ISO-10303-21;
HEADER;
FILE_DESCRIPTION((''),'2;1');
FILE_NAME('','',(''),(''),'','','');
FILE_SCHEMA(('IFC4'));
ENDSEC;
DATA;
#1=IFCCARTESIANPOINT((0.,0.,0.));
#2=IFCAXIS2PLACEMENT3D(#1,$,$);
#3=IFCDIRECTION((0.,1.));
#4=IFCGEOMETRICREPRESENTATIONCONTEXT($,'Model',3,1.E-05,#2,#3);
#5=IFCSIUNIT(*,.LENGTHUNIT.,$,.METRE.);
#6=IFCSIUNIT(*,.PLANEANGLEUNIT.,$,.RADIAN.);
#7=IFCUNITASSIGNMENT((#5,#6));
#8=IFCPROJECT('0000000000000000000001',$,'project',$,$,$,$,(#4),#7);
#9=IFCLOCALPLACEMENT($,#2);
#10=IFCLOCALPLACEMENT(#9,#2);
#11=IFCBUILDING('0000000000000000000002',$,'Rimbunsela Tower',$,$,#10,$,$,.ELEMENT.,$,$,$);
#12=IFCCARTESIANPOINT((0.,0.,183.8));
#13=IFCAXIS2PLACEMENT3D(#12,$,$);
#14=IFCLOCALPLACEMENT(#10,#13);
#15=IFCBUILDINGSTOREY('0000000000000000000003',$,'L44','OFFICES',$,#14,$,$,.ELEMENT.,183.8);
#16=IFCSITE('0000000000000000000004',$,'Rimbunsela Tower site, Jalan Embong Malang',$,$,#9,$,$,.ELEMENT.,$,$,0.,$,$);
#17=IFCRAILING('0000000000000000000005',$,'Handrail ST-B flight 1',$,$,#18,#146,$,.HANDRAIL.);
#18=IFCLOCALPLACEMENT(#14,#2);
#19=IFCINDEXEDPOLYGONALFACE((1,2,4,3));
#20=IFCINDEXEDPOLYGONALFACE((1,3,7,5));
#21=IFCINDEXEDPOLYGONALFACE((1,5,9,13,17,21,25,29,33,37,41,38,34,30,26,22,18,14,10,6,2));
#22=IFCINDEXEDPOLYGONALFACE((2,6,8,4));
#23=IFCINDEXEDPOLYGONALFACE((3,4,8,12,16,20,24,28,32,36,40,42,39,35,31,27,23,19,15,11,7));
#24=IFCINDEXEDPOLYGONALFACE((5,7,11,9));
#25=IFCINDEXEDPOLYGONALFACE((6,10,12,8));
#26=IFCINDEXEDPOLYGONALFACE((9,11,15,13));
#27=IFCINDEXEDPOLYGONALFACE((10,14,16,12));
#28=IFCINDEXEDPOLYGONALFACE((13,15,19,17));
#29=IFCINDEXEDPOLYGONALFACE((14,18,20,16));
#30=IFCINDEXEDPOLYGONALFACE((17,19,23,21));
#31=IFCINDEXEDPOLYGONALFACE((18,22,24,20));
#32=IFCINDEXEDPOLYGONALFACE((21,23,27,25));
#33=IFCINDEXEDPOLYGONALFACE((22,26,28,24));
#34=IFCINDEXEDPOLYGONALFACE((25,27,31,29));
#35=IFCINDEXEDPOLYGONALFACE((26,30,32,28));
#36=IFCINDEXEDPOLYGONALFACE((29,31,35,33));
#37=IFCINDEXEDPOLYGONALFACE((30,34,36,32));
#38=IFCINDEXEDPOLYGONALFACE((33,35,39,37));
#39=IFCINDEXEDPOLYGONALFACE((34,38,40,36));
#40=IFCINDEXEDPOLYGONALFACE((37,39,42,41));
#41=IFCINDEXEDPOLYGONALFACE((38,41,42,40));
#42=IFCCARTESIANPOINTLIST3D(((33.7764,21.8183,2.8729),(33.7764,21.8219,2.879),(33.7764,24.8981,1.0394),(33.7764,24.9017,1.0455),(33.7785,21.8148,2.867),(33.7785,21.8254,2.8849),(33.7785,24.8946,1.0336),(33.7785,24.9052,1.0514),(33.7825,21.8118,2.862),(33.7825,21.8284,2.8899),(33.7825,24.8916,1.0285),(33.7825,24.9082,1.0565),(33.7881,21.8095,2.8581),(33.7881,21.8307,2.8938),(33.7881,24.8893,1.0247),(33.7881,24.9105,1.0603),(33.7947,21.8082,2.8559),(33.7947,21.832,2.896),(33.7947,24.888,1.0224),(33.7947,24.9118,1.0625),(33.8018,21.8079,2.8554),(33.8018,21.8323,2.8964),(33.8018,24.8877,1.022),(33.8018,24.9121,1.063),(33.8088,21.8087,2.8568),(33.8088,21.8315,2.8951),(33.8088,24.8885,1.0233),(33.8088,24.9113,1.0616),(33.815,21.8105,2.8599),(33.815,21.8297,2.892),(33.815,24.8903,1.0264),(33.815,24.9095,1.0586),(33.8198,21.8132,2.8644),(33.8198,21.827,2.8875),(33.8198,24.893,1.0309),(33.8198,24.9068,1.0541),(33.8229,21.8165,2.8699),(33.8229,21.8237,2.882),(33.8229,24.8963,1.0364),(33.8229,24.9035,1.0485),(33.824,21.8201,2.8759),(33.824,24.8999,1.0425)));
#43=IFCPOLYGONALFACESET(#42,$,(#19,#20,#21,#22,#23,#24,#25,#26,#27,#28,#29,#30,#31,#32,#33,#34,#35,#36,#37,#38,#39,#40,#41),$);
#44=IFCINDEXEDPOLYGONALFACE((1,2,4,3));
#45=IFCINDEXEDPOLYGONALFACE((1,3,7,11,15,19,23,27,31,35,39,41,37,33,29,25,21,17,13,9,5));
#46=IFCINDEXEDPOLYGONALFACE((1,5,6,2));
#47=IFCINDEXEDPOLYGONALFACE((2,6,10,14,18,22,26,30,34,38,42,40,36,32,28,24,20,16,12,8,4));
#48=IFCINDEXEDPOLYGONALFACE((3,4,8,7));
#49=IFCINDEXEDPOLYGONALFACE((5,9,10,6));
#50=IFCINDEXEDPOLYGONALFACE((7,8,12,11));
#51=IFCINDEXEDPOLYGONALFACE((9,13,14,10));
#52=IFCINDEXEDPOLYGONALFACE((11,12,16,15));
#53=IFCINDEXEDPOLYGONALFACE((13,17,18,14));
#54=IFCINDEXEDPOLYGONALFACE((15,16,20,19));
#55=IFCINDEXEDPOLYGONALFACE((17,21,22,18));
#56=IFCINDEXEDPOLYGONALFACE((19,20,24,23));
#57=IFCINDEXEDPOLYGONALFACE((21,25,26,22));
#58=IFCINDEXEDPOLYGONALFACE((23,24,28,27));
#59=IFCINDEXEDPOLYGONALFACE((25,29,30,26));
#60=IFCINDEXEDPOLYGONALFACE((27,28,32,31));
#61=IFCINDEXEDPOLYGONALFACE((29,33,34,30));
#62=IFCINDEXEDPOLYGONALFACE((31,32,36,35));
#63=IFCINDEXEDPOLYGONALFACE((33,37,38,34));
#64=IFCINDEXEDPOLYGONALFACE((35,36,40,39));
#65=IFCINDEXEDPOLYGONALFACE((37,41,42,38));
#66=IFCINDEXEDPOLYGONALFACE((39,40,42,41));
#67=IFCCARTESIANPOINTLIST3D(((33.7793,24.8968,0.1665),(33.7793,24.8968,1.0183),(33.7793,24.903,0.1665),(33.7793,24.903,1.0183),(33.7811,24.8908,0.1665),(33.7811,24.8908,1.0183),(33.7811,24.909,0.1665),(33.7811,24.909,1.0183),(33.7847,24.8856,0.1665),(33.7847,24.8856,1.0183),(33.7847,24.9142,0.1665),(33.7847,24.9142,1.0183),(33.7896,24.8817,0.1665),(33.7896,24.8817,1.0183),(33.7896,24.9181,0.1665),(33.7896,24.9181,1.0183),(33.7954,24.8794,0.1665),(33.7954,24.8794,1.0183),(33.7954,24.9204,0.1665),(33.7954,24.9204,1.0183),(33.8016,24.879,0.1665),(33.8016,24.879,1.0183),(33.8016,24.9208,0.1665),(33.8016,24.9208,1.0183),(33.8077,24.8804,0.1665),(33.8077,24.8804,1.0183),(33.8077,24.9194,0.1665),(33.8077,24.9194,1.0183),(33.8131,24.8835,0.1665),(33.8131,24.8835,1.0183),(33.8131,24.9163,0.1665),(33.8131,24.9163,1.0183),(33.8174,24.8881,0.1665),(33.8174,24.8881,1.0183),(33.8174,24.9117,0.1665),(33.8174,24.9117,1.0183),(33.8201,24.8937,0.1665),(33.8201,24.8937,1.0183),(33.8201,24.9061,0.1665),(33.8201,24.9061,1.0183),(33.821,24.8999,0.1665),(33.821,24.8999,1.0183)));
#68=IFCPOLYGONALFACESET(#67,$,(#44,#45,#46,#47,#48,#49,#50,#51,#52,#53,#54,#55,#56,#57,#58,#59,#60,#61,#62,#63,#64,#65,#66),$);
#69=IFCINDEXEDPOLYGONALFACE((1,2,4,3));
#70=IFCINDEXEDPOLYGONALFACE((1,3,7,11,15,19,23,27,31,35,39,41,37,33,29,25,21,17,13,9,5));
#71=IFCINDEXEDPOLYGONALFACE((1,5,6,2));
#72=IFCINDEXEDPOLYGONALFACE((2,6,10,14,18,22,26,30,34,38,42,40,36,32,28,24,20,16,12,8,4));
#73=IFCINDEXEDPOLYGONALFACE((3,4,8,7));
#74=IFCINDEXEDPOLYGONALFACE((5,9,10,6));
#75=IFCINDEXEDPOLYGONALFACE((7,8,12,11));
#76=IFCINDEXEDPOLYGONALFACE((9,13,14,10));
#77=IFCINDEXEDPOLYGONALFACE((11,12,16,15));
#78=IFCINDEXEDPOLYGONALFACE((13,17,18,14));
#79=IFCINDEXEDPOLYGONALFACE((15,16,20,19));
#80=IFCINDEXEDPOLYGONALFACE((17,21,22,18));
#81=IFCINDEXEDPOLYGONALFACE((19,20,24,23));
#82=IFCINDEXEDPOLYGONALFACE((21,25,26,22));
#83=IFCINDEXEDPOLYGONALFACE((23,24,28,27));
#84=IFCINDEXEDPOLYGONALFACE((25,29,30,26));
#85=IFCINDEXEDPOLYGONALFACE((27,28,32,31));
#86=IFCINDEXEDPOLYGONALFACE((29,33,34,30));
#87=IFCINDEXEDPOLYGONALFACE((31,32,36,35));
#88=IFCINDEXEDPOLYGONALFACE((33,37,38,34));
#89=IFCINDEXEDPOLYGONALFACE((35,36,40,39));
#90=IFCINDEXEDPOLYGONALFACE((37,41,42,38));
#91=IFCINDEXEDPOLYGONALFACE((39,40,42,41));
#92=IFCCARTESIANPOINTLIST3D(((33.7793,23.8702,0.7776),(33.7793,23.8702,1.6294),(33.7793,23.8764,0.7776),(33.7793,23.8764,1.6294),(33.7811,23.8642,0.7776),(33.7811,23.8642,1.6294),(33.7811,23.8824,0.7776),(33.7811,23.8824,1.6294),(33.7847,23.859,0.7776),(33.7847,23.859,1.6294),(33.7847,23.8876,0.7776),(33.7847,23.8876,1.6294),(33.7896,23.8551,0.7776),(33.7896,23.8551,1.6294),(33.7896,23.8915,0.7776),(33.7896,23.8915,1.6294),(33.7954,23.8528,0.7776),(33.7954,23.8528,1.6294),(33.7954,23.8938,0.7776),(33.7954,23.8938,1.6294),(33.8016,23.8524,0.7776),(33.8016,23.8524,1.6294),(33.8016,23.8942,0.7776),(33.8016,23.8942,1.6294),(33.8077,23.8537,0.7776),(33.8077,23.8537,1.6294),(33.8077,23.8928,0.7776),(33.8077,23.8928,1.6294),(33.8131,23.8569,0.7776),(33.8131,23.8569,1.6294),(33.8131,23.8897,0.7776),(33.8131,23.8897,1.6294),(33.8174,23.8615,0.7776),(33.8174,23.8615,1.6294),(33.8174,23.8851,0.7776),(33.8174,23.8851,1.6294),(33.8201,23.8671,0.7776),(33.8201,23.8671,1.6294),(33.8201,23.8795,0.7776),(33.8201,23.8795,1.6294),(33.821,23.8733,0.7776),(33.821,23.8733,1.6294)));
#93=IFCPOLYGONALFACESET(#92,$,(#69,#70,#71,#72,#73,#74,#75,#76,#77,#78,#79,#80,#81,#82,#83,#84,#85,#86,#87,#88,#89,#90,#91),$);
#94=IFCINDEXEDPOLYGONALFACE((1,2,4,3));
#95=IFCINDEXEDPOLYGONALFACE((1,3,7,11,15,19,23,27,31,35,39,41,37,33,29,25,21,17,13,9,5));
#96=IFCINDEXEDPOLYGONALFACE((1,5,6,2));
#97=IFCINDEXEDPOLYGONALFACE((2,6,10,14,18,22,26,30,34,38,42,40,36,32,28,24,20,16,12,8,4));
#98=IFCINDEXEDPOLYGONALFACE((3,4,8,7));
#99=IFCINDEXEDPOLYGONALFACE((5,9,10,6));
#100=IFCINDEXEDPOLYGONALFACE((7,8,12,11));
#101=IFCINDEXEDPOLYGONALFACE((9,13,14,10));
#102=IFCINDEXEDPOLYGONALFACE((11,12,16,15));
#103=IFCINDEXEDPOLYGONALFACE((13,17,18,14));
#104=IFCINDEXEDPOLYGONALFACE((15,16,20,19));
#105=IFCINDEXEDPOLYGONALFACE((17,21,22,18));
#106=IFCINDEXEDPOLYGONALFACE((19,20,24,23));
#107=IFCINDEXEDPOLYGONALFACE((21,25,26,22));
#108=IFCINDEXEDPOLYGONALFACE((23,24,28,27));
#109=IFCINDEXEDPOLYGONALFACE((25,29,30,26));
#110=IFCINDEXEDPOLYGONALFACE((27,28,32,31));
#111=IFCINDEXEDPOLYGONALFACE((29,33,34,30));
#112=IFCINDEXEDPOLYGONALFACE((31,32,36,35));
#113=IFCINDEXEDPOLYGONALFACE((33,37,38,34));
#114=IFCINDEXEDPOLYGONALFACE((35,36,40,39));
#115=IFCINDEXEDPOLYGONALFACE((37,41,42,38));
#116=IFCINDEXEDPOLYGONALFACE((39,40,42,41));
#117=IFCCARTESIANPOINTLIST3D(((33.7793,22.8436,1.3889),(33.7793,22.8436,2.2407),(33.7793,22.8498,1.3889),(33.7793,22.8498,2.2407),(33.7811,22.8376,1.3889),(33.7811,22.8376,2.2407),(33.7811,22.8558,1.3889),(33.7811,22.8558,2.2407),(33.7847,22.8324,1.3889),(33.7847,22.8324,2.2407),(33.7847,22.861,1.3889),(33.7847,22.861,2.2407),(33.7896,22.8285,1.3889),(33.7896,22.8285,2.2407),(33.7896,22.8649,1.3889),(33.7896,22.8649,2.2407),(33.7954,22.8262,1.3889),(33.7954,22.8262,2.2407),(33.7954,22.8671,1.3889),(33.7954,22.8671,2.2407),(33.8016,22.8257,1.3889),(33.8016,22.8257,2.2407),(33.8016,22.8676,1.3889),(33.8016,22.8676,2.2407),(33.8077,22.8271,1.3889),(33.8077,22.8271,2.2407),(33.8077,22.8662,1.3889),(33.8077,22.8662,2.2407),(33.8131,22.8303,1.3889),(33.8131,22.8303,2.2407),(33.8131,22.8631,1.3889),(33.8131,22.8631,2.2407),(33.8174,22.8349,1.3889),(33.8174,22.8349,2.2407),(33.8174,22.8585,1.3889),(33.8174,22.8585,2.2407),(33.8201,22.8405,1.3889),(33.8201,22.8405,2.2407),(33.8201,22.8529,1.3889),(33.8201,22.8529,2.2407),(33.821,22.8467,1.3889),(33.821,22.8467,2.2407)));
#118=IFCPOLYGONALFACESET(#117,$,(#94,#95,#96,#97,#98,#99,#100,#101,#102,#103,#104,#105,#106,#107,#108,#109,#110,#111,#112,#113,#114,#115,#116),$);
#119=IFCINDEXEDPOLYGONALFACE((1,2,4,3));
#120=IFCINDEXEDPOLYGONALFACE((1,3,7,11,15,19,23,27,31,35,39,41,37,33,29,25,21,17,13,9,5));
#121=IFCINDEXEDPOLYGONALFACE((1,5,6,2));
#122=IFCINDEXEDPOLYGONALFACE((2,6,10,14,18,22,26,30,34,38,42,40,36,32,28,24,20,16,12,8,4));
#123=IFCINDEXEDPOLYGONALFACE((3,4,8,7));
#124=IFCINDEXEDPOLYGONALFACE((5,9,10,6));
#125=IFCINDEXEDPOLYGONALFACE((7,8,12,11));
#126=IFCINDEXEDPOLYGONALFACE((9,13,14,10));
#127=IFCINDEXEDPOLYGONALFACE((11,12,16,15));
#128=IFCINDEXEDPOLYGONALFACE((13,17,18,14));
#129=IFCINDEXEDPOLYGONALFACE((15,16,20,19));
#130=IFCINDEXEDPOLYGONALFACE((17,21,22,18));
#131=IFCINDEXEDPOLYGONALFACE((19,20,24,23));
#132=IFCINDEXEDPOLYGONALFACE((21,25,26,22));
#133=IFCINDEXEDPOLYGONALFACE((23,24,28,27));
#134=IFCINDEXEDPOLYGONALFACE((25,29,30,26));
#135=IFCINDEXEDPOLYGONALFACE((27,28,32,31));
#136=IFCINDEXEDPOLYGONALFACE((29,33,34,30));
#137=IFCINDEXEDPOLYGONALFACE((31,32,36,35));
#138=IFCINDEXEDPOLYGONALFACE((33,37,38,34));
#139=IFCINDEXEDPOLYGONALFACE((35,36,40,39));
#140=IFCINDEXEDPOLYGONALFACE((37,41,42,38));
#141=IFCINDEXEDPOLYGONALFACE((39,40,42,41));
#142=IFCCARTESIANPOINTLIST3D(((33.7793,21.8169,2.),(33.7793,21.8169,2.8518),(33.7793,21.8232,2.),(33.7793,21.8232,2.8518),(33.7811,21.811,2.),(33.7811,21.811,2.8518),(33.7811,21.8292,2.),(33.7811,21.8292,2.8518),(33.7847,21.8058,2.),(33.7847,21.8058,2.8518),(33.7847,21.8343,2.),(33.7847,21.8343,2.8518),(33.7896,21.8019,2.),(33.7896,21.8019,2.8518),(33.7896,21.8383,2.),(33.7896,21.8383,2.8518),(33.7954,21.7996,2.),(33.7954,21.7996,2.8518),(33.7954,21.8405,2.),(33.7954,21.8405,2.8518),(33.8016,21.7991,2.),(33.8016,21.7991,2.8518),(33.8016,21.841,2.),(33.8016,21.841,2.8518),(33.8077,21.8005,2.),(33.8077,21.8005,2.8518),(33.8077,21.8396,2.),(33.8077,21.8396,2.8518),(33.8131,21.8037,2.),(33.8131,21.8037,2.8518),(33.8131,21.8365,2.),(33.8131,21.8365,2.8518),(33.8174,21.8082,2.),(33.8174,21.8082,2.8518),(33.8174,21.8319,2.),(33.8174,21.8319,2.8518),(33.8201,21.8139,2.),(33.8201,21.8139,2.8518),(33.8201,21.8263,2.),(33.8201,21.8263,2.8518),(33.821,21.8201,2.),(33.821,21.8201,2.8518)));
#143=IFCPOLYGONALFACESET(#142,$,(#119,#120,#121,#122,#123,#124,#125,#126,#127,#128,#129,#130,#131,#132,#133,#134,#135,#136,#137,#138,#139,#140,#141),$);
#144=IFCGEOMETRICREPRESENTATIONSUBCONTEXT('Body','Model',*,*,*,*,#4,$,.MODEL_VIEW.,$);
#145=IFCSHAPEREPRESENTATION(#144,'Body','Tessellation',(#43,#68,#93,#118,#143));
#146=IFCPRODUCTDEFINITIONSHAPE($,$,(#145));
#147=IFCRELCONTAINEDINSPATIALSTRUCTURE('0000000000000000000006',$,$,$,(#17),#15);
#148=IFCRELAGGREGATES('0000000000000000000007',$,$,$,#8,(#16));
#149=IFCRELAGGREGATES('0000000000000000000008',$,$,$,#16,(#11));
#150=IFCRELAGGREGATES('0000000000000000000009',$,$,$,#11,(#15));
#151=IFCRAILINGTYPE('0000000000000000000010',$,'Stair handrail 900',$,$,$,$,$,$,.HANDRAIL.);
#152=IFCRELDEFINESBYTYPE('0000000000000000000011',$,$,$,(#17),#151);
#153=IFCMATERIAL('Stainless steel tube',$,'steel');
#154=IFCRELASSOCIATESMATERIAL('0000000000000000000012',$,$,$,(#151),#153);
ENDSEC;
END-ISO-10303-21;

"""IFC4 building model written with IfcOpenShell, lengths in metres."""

from ifc_helpers import new_model, si_unit, direction, frame, origin, origin_2d, place, context, subcontext, project, spatial, circle, extrude, material, type_object, element, save


model = new_model("IFC4")

# Units and contexts
model_context = context("Model", 3, precision=1e-05, world=origin(), true_north=direction((0.0, 1.0)))
body_context = subcontext(model_context, "Body", "Model", "MODEL_VIEW")
ifc_project = project(units=[si_unit("LENGTHUNIT", "METRE"), si_unit("PLANEANGLEUNIT", "RADIAN")], contexts=[model_context])

# Site, building, storey
site_placement = place(None, origin())
site = spatial("IfcSite", under=ifc_project, at=site_placement, Name="Rimbunsela Tower site, Jalan Embong Malang", CompositionType="ELEMENT", RefElevation=0.0)
building_placement = place(site_placement, origin())
building = spatial("IfcBuilding", under=site, at=building_placement, Name="Rimbunsela Tower", CompositionType="ELEMENT")
storey_placement = place(building_placement, frame((0.0, 0.0, 183.8)))
storey = spatial("IfcBuildingStorey", under=building, at=storey_placement, Name="L44", Description="OFFICES", CompositionType="ELEMENT", Elevation=183.8)

# Railing
ifc_material_1 = material(Name="Stainless steel tube", Category="steel")
railing_type = type_object("IfcRailingType", Name="Stair handrail 900", PredefinedType="HANDRAIL", material=ifc_material_1)
for number, where, name in (
    (1, (33.8, 24.8999, 0.1665), "Handrail ST-B flight 1"),
):
    element("IfcRailing", number, at=place(storey_placement, frame(where)), inside=storey, type_object=railing_type, Name=name, PredefinedType="HANDRAIL", context=body_context, shape_type="SweptSolid", body=[
        extrude(circle(Radius=0.0239, at=origin_2d()), frame((0.0, 0.0, 0.876), z_axis=(0.0, -0.859261, 0.511538), x_axis=(1.0, 0.0, 0.0)), (0.0, 0.0, 1.0), 3.5842),
        extrude(circle(Radius=0.021, at=origin_2d()), origin(), (0.0, 0.0, 1.0), 0.8518),
        extrude(circle(Radius=0.021, at=origin_2d()), frame((0.0, -1.0266, 0.6111)), (0.0, 0.0, 1.0), 0.8518),
        extrude(circle(Radius=0.021, at=origin_2d()), frame((0.0, -2.0532, 1.2224)), (0.0, 0.0, 1.0), 0.8518),
        extrude(circle(Radius=0.021, at=origin_2d()), frame((0.0, -3.0798, 1.8335)), (0.0, 0.0, 1.0), 0.8518),
    ])

save(model, "model.ifc")
